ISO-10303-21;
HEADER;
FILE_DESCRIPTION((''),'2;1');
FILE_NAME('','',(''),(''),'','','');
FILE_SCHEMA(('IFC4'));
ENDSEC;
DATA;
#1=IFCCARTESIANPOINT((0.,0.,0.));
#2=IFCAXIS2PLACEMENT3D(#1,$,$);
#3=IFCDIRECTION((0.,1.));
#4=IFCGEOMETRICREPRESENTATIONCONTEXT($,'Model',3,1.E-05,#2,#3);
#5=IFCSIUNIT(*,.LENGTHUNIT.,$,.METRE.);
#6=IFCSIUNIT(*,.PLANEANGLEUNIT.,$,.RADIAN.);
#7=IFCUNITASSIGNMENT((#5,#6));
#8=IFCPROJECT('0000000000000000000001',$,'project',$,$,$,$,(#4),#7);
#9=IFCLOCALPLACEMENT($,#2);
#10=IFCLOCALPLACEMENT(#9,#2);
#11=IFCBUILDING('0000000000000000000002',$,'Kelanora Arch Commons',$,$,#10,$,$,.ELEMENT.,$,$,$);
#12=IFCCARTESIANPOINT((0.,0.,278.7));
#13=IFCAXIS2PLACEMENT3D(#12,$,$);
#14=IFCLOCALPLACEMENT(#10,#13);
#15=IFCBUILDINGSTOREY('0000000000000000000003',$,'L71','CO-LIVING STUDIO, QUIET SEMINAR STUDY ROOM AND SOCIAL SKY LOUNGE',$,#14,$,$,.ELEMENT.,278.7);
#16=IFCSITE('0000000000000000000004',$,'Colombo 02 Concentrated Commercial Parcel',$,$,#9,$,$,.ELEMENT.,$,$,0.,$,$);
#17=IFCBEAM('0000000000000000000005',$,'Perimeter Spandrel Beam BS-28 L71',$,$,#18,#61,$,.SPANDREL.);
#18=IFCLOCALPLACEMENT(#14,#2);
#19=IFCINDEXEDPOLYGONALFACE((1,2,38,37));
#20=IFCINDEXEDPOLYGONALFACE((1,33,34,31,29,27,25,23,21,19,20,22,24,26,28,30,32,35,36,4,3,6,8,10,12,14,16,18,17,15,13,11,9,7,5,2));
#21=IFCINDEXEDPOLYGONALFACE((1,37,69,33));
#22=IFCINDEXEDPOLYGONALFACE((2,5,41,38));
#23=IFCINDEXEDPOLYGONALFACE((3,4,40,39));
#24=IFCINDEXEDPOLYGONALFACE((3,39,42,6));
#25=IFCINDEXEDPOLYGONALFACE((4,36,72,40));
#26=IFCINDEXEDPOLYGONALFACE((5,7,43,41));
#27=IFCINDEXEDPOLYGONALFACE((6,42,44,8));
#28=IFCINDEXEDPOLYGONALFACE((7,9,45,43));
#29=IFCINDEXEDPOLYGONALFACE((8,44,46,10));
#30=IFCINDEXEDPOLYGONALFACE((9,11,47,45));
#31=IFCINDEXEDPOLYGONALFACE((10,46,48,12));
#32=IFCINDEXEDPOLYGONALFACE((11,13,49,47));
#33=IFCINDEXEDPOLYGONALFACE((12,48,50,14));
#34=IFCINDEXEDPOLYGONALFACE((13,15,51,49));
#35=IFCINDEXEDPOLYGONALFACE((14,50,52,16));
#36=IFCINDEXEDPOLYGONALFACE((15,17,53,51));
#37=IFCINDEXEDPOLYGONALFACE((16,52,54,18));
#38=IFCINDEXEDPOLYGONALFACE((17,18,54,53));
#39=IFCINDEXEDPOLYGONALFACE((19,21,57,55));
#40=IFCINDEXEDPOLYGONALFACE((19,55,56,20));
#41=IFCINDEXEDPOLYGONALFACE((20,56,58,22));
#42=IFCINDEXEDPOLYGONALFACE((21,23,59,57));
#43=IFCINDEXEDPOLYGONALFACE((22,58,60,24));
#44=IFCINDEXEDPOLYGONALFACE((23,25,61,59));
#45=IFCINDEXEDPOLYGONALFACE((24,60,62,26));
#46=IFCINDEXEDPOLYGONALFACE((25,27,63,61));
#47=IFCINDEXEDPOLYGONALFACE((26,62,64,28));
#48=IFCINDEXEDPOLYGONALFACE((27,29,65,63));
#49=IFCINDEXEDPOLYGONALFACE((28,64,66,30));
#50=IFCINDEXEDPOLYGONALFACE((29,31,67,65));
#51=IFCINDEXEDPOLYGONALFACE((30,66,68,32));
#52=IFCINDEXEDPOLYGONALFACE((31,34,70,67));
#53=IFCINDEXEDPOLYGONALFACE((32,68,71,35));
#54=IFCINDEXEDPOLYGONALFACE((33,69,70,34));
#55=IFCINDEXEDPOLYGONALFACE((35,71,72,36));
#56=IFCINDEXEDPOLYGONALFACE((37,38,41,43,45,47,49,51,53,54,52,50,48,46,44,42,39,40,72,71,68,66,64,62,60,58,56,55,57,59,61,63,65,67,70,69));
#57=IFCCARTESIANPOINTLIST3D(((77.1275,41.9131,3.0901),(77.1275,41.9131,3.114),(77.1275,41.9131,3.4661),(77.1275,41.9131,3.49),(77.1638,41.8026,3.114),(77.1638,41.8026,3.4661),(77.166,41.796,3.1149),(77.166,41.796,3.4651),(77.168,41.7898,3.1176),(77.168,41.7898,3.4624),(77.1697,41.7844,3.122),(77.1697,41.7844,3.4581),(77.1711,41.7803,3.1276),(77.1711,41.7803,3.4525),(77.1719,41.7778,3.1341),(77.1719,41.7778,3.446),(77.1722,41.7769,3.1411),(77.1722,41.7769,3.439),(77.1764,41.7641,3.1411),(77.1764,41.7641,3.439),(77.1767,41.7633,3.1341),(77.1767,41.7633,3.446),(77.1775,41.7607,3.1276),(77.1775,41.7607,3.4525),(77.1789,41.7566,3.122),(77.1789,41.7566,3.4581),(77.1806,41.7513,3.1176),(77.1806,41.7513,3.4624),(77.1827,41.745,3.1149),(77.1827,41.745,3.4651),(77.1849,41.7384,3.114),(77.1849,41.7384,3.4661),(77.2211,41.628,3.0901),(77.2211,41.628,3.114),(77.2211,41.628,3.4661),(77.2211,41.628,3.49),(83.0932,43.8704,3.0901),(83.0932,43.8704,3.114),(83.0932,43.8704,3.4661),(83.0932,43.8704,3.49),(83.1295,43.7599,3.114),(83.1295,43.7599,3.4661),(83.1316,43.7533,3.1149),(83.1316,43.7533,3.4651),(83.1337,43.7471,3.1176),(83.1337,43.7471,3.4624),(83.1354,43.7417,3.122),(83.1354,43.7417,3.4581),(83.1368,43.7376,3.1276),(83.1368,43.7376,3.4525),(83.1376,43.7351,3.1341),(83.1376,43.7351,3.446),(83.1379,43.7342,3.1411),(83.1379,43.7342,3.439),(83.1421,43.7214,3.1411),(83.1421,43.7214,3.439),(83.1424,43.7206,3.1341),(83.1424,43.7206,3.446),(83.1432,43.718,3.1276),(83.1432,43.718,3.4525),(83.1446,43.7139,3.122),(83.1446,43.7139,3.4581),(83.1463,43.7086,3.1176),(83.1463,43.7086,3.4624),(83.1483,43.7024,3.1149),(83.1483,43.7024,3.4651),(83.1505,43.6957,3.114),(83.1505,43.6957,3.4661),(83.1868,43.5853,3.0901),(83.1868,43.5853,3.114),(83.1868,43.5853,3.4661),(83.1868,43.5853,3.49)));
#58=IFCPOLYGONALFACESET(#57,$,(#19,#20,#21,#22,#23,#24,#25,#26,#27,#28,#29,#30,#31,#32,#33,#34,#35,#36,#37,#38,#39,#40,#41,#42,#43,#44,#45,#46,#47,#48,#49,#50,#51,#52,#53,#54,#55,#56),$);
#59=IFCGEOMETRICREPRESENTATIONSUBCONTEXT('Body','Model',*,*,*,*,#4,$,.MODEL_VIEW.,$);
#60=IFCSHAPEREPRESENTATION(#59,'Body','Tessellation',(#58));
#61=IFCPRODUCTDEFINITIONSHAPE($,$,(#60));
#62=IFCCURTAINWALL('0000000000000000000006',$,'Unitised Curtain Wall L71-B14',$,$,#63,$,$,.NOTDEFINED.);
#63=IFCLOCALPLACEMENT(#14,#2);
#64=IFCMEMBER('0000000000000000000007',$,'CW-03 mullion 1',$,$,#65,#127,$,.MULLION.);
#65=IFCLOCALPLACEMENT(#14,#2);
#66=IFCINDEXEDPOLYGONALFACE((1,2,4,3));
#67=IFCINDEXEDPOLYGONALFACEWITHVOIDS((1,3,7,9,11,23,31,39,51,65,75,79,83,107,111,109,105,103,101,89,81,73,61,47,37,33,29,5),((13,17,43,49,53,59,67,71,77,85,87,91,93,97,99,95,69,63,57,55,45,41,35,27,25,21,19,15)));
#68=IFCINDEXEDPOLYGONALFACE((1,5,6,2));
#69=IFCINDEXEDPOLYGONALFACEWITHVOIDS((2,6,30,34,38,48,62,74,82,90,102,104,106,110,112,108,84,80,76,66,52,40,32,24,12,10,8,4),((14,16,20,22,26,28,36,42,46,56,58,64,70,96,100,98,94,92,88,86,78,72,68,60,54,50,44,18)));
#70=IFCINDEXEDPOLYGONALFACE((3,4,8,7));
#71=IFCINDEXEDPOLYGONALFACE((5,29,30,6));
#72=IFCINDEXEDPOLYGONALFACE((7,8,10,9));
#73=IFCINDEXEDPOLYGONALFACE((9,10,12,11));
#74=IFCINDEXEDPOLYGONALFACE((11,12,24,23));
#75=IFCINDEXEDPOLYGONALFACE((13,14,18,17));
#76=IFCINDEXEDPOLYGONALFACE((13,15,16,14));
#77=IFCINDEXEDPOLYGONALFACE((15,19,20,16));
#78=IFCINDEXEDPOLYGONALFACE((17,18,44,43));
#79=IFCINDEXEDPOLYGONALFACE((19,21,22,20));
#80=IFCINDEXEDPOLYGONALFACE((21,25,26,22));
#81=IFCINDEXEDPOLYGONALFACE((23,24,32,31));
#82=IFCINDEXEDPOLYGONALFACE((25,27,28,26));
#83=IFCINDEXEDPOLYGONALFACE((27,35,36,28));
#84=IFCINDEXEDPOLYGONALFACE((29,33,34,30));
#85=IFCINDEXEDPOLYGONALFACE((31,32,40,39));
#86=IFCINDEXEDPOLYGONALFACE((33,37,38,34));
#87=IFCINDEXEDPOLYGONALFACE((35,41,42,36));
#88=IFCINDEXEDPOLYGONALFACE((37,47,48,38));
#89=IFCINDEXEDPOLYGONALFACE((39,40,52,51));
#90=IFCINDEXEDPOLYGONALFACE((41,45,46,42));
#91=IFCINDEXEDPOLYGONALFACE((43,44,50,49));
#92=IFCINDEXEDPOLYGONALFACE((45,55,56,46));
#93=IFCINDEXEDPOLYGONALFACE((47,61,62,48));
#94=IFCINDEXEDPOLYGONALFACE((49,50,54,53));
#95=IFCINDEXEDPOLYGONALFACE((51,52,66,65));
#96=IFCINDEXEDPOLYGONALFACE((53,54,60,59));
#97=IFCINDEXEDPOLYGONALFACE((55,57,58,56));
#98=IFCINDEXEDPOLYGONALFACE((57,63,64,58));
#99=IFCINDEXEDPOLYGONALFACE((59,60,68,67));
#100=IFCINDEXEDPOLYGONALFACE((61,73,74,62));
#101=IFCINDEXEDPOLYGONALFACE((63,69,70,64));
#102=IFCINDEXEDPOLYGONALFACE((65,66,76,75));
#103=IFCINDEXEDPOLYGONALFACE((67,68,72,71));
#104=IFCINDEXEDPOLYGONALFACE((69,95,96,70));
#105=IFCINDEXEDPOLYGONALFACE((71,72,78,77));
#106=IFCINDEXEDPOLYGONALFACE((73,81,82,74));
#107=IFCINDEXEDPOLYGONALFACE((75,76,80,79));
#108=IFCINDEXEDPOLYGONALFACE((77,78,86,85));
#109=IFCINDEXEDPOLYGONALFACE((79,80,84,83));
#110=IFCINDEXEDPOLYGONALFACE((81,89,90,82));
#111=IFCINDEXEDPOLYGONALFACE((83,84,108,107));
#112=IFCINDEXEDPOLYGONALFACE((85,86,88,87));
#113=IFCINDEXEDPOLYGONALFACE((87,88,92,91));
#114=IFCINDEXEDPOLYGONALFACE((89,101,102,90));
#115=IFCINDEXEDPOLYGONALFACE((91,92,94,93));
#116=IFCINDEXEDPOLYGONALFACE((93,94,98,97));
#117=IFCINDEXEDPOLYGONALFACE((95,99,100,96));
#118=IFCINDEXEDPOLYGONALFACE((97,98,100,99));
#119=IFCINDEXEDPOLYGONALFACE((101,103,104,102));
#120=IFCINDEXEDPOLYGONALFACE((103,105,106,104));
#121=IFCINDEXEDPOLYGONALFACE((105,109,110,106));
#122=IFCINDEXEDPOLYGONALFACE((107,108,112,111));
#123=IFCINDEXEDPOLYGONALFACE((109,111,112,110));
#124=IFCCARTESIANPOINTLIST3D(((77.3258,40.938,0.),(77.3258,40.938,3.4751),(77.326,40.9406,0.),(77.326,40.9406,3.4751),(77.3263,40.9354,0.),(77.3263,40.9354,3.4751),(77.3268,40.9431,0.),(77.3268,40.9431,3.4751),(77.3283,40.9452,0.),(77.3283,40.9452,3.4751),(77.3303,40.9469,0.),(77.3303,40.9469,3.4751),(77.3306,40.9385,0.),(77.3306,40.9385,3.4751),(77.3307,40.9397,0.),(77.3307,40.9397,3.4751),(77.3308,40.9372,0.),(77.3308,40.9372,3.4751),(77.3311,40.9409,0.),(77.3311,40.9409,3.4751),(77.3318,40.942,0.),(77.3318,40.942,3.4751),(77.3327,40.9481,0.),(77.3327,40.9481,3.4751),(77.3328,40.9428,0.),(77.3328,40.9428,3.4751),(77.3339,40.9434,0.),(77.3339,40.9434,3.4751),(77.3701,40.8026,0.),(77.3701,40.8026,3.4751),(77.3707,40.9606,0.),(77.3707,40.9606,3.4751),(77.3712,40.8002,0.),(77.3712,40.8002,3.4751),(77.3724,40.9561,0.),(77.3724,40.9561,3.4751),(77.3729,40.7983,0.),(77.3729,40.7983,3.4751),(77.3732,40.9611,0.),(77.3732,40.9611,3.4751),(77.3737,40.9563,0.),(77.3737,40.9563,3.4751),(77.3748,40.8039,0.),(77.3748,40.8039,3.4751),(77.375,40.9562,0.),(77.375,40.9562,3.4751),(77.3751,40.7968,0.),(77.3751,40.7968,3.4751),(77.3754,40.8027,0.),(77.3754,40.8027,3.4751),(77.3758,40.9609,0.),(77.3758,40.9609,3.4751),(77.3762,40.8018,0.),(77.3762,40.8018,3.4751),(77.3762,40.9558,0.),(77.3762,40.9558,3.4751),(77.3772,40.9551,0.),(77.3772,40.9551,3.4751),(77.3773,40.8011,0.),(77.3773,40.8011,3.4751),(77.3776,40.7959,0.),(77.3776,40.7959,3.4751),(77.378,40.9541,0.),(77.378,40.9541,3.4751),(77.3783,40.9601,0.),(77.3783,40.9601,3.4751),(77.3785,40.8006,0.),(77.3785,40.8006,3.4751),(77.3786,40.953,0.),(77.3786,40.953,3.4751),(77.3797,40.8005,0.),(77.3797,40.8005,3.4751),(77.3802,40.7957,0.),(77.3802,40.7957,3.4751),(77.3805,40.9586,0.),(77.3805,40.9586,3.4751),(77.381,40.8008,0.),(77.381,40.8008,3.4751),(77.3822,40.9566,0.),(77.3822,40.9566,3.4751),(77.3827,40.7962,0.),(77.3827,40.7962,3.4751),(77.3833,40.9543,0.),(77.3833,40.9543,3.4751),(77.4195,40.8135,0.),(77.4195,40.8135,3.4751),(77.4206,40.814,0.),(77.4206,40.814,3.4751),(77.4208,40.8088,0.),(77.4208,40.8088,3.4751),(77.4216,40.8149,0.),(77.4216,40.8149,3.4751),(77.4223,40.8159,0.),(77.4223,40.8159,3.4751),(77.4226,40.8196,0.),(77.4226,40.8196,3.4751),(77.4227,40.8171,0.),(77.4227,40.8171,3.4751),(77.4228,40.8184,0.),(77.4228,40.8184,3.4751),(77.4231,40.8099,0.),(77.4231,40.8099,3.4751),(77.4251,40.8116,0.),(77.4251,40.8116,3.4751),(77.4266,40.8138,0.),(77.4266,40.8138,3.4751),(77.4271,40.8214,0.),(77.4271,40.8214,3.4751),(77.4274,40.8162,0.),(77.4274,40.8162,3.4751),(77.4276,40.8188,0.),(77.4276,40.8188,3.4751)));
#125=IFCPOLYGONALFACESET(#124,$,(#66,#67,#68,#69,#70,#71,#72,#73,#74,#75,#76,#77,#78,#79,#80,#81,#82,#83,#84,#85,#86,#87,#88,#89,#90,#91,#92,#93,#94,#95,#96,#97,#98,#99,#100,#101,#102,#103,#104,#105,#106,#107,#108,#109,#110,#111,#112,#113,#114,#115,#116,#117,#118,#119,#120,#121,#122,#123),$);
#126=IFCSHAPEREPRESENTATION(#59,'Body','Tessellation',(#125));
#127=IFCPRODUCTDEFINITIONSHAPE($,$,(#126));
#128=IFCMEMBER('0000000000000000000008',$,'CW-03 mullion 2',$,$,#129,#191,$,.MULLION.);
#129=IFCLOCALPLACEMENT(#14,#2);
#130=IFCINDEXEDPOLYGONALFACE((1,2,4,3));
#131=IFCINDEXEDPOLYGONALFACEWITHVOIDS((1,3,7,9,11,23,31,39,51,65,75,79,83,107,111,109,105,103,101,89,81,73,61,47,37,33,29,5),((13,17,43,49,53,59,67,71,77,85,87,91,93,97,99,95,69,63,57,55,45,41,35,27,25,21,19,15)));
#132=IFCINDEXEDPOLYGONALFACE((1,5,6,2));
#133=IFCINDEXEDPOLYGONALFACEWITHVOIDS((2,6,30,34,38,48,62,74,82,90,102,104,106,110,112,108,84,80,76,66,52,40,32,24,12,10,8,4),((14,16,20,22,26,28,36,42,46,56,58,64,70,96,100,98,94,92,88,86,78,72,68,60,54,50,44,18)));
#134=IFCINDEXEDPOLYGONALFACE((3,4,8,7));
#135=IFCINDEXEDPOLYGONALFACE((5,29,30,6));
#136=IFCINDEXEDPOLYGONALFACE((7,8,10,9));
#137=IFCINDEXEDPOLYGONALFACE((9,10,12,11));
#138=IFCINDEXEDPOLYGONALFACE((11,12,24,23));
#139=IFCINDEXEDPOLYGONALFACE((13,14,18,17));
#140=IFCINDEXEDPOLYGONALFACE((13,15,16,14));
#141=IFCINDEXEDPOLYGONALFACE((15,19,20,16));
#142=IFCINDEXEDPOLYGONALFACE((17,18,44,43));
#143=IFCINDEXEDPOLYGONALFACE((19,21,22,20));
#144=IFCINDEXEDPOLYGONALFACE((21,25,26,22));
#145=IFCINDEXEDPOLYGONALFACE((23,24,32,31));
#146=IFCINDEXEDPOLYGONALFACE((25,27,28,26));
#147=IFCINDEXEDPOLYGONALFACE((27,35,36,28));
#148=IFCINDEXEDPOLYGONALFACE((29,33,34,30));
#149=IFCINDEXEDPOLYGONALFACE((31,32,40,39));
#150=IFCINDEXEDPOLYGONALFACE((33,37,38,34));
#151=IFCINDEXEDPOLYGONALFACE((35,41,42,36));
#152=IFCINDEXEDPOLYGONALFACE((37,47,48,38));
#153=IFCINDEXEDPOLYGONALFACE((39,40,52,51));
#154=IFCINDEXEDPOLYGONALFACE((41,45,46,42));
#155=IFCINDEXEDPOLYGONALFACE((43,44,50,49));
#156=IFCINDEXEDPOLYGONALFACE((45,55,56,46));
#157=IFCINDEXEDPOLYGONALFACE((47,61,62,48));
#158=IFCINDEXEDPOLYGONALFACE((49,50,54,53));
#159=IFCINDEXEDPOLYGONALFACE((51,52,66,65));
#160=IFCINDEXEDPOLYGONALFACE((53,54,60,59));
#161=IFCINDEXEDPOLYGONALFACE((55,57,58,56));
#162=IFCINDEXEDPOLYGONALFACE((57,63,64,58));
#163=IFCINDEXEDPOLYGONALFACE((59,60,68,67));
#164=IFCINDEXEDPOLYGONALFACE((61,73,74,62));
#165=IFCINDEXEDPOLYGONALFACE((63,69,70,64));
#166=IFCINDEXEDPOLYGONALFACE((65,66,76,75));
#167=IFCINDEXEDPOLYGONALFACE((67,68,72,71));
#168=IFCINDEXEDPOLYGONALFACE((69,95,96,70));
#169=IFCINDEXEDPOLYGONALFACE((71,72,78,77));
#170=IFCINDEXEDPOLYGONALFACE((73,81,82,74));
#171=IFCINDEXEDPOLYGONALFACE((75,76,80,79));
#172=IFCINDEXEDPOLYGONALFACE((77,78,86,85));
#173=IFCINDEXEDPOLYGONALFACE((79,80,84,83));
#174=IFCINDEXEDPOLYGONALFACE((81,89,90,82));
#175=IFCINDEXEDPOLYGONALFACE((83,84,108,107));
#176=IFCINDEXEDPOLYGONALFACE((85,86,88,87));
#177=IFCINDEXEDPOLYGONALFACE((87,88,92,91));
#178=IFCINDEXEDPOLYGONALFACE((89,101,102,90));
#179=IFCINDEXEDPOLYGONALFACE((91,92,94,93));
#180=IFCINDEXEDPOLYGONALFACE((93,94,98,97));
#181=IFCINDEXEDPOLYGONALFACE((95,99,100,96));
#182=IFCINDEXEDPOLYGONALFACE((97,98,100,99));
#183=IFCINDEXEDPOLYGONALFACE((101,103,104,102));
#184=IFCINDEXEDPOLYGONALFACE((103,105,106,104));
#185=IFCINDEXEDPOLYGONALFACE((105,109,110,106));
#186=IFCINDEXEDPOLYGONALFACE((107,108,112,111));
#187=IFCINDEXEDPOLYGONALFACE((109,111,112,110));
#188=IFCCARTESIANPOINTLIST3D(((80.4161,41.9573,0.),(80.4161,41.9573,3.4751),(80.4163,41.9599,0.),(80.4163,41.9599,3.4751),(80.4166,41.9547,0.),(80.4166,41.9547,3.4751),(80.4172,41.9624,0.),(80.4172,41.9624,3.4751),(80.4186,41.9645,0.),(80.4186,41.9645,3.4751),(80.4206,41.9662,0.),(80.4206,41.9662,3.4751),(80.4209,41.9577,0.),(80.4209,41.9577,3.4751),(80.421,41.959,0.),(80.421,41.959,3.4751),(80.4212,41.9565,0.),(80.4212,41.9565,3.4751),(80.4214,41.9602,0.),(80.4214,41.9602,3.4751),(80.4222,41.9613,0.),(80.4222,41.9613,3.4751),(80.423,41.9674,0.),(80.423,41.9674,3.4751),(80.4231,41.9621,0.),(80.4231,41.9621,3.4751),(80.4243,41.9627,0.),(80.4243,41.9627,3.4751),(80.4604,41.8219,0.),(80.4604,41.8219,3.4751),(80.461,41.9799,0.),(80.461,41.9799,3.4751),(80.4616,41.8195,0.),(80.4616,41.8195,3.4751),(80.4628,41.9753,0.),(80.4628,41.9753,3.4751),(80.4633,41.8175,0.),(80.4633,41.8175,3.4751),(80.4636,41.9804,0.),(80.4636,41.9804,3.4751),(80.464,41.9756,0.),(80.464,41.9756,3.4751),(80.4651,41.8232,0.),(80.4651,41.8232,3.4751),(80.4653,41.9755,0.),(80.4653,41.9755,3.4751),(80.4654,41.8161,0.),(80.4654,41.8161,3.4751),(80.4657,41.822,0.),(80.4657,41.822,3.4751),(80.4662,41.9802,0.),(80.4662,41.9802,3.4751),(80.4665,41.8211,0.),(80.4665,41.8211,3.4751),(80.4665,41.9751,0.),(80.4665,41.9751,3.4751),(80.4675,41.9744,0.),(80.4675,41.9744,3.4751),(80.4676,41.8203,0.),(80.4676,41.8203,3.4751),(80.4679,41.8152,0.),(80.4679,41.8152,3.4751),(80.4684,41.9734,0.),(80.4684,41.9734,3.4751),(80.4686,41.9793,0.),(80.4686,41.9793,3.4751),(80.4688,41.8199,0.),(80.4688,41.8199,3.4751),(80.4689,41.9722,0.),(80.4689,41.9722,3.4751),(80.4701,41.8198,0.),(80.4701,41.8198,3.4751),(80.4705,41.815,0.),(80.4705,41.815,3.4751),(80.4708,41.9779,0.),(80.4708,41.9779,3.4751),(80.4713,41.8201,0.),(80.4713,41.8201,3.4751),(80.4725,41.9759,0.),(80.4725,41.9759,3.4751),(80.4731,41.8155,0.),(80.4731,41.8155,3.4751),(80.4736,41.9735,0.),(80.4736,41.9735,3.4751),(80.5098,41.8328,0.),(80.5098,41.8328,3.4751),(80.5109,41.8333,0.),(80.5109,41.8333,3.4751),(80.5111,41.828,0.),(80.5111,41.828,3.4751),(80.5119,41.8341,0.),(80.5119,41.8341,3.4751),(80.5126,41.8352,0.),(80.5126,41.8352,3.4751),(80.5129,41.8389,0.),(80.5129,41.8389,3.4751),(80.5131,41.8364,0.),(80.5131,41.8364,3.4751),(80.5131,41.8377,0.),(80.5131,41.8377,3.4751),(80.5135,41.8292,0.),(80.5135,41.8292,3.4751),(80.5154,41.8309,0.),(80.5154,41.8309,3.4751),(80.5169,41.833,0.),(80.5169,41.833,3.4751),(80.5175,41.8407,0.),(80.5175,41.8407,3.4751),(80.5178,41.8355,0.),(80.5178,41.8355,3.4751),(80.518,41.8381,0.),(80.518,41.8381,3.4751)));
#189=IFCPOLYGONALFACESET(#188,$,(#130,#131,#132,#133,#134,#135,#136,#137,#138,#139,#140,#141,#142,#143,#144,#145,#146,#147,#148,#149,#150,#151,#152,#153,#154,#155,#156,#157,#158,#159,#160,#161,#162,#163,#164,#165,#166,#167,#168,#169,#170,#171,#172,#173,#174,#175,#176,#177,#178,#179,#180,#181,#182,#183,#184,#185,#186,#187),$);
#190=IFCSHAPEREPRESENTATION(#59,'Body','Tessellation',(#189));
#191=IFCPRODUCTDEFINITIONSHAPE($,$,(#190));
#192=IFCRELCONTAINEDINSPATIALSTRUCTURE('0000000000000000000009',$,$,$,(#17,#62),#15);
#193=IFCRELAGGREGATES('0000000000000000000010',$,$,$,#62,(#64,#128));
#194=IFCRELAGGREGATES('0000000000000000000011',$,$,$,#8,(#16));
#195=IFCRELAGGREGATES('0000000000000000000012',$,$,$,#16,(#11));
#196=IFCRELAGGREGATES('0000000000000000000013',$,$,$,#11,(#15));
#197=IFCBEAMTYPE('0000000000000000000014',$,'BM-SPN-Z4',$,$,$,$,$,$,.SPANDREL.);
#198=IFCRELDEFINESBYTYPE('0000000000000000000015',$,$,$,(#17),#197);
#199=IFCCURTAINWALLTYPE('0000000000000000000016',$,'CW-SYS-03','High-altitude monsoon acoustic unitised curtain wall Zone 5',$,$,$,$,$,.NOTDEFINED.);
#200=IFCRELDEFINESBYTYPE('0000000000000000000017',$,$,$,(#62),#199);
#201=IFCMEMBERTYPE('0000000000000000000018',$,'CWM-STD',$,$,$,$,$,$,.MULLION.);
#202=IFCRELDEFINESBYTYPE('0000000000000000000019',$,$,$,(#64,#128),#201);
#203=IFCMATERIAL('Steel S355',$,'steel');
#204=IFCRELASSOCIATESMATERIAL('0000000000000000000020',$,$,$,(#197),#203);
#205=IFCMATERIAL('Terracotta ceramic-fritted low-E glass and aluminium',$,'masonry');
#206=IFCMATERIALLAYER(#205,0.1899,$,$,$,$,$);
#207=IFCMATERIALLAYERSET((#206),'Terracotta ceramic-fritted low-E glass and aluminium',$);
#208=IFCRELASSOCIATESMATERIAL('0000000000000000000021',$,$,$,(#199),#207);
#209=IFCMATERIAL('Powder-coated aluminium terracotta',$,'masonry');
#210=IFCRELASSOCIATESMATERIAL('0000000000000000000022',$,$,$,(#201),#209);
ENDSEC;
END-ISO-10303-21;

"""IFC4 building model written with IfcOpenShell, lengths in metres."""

from ifc_helpers import new_model, si_unit, direction, frame, origin, origin_2d, place, context, subcontext, project, spatial, hollow_rectangle, i_section, extrude, material, layer, layer_set, material_profile, profile_set, type_object, element, aggregate, save


model = new_model("IFC4")

# Units and contexts
model_context = context("Model", 3, precision=1e-05, world=origin(), true_north=direction((0.0, 1.0)))
body_context = subcontext(model_context, "Body", "Model", "MODEL_VIEW")
ifc_project = project(units=[si_unit("LENGTHUNIT", "METRE"), si_unit("PLANEANGLEUNIT", "RADIAN")], contexts=[model_context])

# Site, building, storey
site_placement = place(None, origin())
site = spatial("IfcSite", under=ifc_project, at=site_placement, Name="Colombo 02 Concentrated Commercial Parcel", CompositionType="ELEMENT", RefElevation=0.0)
building_placement = place(site_placement, origin())
building = spatial("IfcBuilding", under=site, at=building_placement, Name="Kelanora Arch Commons", CompositionType="ELEMENT")
storey_placement = place(building_placement, frame((0.0, 0.0, 278.7)))
storey = spatial("IfcBuildingStorey", under=building, at=storey_placement, Name="L71", Description="CO-LIVING STUDIO, QUIET SEMINAR STUDY ROOM AND SOCIAL SKY LOUNGE", CompositionType="ELEMENT", Elevation=278.7)

# Beam
ifc_material_1 = material(Name="Steel S355", Category="steel")
ifc_material_profile_1 = material_profile(ifc_material_1, i_section(OverallWidth=0.3, OverallDepth=0.3999, WebThickness=0.0134, FlangeThickness=0.0239, FilletRadius=0.0271, at=origin_2d()), Name="HEB400")
ifc_profile_set_1 = profile_set([ifc_material_profile_1], Name="Steel S355")
beam_type_1 = type_object("IfcBeamType", Name="BM-SPN-Z4", PredefinedType="SPANDREL", material=ifc_profile_set_1)
beam_1_placement = place(storey_placement, frame((77.1743, 41.7705, 3.29), z_axis=(0.950166, 0.311745, 0.0), x_axis=(-0.311745, 0.950166, 0.0)))
element("IfcBeam", 1, at=beam_1_placement, inside=storey, type_object=beam_type_1, Name="Perimeter Spandrel Beam BS-28 L71", PredefinedType="SPANDREL", context=body_context, shape_type="SweptSolid", body=[
    extrude(i_section(OverallWidth=0.3, OverallDepth=0.3999, WebThickness=0.0134, FlangeThickness=0.0239, FilletRadius=0.0271, at=origin_2d()), origin(), (0.0, 0.0, 1.0), 6.2786),
])

# Curtain wall, members
ifc_material_2 = material(Name="Terracotta ceramic-fritted low-E glass and aluminium", Category="masonry")
ifc_layer_1 = layer(ifc_material_2, 0.1899)
ifc_layer_set_1 = layer_set([ifc_layer_1], Name="Terracotta ceramic-fritted low-E glass and aluminium")
curtain_wall_type = type_object("IfcCurtainWallType", Name="CW-SYS-03", Description="High-altitude monsoon acoustic unitised curtain wall Zone 5", PredefinedType="NOTDEFINED", material=ifc_layer_set_1)
curtain_wall_placement = place(storey_placement, origin())
curtain_wall = element("IfcCurtainWall", 2, at=curtain_wall_placement, inside=storey, type_object=curtain_wall_type, Name="Unitised Curtain Wall L71-B14", PredefinedType="NOTDEFINED")
ifc_material_3 = material(Name="Powder-coated aluminium terracotta", Category="masonry")
ifc_material_profile_2 = material_profile(ifc_material_3, hollow_rectangle(XDim=0.1599, YDim=0.0601, WallThickness=0.0049, InnerFilletRadius=0.0049, OuterFilletRadius=0.01, at=origin_2d()), Name="CWM160x60")
ifc_profile_set_2 = profile_set([ifc_material_profile_2], Name="Powder-coated aluminium terracotta")
member_type_1 = type_object("IfcMemberType", Name="CWM-STD", PredefinedType="MULLION", material=ifc_profile_set_2)
member_1_placement = place(storey_placement, frame((77.3767, 40.8784, 0.0), z_axis=(0.0, 0.0, 1.0), x_axis=(-0.313253, 0.94967, 0.0)))
member_1 = element("IfcMember", 3, at=member_1_placement, type_object=member_type_1, Name="CW-03 mullion 1", PredefinedType="MULLION", context=body_context, shape_type="SweptSolid", body=[
    extrude(hollow_rectangle(XDim=0.1599, YDim=0.0601, WallThickness=0.0049, InnerFilletRadius=0.0049, OuterFilletRadius=0.01, at=origin_2d()), origin(), (0.0, 0.0, 1.0), 3.4751),
])
member_2_placement = place(storey_placement, frame((80.467, 41.8977, 0.0), z_axis=(0.0, 0.0, 1.0), x_axis=(-0.313253, 0.94967, 0.0)))
member_2 = element("IfcMember", 4, at=member_2_placement, type_object=member_type_1, Name="CW-03 mullion 2", PredefinedType="MULLION", context=body_context, shape_type="SweptSolid", body=[
    extrude(hollow_rectangle(XDim=0.1599, YDim=0.0601, WallThickness=0.0049, InnerFilletRadius=0.0049, OuterFilletRadius=0.01, at=origin_2d()), origin(), (0.0, 0.0, 1.0), 3.4751),
])
aggregate(curtain_wall, [member_1, member_2])

save(model, "model.ifc")
